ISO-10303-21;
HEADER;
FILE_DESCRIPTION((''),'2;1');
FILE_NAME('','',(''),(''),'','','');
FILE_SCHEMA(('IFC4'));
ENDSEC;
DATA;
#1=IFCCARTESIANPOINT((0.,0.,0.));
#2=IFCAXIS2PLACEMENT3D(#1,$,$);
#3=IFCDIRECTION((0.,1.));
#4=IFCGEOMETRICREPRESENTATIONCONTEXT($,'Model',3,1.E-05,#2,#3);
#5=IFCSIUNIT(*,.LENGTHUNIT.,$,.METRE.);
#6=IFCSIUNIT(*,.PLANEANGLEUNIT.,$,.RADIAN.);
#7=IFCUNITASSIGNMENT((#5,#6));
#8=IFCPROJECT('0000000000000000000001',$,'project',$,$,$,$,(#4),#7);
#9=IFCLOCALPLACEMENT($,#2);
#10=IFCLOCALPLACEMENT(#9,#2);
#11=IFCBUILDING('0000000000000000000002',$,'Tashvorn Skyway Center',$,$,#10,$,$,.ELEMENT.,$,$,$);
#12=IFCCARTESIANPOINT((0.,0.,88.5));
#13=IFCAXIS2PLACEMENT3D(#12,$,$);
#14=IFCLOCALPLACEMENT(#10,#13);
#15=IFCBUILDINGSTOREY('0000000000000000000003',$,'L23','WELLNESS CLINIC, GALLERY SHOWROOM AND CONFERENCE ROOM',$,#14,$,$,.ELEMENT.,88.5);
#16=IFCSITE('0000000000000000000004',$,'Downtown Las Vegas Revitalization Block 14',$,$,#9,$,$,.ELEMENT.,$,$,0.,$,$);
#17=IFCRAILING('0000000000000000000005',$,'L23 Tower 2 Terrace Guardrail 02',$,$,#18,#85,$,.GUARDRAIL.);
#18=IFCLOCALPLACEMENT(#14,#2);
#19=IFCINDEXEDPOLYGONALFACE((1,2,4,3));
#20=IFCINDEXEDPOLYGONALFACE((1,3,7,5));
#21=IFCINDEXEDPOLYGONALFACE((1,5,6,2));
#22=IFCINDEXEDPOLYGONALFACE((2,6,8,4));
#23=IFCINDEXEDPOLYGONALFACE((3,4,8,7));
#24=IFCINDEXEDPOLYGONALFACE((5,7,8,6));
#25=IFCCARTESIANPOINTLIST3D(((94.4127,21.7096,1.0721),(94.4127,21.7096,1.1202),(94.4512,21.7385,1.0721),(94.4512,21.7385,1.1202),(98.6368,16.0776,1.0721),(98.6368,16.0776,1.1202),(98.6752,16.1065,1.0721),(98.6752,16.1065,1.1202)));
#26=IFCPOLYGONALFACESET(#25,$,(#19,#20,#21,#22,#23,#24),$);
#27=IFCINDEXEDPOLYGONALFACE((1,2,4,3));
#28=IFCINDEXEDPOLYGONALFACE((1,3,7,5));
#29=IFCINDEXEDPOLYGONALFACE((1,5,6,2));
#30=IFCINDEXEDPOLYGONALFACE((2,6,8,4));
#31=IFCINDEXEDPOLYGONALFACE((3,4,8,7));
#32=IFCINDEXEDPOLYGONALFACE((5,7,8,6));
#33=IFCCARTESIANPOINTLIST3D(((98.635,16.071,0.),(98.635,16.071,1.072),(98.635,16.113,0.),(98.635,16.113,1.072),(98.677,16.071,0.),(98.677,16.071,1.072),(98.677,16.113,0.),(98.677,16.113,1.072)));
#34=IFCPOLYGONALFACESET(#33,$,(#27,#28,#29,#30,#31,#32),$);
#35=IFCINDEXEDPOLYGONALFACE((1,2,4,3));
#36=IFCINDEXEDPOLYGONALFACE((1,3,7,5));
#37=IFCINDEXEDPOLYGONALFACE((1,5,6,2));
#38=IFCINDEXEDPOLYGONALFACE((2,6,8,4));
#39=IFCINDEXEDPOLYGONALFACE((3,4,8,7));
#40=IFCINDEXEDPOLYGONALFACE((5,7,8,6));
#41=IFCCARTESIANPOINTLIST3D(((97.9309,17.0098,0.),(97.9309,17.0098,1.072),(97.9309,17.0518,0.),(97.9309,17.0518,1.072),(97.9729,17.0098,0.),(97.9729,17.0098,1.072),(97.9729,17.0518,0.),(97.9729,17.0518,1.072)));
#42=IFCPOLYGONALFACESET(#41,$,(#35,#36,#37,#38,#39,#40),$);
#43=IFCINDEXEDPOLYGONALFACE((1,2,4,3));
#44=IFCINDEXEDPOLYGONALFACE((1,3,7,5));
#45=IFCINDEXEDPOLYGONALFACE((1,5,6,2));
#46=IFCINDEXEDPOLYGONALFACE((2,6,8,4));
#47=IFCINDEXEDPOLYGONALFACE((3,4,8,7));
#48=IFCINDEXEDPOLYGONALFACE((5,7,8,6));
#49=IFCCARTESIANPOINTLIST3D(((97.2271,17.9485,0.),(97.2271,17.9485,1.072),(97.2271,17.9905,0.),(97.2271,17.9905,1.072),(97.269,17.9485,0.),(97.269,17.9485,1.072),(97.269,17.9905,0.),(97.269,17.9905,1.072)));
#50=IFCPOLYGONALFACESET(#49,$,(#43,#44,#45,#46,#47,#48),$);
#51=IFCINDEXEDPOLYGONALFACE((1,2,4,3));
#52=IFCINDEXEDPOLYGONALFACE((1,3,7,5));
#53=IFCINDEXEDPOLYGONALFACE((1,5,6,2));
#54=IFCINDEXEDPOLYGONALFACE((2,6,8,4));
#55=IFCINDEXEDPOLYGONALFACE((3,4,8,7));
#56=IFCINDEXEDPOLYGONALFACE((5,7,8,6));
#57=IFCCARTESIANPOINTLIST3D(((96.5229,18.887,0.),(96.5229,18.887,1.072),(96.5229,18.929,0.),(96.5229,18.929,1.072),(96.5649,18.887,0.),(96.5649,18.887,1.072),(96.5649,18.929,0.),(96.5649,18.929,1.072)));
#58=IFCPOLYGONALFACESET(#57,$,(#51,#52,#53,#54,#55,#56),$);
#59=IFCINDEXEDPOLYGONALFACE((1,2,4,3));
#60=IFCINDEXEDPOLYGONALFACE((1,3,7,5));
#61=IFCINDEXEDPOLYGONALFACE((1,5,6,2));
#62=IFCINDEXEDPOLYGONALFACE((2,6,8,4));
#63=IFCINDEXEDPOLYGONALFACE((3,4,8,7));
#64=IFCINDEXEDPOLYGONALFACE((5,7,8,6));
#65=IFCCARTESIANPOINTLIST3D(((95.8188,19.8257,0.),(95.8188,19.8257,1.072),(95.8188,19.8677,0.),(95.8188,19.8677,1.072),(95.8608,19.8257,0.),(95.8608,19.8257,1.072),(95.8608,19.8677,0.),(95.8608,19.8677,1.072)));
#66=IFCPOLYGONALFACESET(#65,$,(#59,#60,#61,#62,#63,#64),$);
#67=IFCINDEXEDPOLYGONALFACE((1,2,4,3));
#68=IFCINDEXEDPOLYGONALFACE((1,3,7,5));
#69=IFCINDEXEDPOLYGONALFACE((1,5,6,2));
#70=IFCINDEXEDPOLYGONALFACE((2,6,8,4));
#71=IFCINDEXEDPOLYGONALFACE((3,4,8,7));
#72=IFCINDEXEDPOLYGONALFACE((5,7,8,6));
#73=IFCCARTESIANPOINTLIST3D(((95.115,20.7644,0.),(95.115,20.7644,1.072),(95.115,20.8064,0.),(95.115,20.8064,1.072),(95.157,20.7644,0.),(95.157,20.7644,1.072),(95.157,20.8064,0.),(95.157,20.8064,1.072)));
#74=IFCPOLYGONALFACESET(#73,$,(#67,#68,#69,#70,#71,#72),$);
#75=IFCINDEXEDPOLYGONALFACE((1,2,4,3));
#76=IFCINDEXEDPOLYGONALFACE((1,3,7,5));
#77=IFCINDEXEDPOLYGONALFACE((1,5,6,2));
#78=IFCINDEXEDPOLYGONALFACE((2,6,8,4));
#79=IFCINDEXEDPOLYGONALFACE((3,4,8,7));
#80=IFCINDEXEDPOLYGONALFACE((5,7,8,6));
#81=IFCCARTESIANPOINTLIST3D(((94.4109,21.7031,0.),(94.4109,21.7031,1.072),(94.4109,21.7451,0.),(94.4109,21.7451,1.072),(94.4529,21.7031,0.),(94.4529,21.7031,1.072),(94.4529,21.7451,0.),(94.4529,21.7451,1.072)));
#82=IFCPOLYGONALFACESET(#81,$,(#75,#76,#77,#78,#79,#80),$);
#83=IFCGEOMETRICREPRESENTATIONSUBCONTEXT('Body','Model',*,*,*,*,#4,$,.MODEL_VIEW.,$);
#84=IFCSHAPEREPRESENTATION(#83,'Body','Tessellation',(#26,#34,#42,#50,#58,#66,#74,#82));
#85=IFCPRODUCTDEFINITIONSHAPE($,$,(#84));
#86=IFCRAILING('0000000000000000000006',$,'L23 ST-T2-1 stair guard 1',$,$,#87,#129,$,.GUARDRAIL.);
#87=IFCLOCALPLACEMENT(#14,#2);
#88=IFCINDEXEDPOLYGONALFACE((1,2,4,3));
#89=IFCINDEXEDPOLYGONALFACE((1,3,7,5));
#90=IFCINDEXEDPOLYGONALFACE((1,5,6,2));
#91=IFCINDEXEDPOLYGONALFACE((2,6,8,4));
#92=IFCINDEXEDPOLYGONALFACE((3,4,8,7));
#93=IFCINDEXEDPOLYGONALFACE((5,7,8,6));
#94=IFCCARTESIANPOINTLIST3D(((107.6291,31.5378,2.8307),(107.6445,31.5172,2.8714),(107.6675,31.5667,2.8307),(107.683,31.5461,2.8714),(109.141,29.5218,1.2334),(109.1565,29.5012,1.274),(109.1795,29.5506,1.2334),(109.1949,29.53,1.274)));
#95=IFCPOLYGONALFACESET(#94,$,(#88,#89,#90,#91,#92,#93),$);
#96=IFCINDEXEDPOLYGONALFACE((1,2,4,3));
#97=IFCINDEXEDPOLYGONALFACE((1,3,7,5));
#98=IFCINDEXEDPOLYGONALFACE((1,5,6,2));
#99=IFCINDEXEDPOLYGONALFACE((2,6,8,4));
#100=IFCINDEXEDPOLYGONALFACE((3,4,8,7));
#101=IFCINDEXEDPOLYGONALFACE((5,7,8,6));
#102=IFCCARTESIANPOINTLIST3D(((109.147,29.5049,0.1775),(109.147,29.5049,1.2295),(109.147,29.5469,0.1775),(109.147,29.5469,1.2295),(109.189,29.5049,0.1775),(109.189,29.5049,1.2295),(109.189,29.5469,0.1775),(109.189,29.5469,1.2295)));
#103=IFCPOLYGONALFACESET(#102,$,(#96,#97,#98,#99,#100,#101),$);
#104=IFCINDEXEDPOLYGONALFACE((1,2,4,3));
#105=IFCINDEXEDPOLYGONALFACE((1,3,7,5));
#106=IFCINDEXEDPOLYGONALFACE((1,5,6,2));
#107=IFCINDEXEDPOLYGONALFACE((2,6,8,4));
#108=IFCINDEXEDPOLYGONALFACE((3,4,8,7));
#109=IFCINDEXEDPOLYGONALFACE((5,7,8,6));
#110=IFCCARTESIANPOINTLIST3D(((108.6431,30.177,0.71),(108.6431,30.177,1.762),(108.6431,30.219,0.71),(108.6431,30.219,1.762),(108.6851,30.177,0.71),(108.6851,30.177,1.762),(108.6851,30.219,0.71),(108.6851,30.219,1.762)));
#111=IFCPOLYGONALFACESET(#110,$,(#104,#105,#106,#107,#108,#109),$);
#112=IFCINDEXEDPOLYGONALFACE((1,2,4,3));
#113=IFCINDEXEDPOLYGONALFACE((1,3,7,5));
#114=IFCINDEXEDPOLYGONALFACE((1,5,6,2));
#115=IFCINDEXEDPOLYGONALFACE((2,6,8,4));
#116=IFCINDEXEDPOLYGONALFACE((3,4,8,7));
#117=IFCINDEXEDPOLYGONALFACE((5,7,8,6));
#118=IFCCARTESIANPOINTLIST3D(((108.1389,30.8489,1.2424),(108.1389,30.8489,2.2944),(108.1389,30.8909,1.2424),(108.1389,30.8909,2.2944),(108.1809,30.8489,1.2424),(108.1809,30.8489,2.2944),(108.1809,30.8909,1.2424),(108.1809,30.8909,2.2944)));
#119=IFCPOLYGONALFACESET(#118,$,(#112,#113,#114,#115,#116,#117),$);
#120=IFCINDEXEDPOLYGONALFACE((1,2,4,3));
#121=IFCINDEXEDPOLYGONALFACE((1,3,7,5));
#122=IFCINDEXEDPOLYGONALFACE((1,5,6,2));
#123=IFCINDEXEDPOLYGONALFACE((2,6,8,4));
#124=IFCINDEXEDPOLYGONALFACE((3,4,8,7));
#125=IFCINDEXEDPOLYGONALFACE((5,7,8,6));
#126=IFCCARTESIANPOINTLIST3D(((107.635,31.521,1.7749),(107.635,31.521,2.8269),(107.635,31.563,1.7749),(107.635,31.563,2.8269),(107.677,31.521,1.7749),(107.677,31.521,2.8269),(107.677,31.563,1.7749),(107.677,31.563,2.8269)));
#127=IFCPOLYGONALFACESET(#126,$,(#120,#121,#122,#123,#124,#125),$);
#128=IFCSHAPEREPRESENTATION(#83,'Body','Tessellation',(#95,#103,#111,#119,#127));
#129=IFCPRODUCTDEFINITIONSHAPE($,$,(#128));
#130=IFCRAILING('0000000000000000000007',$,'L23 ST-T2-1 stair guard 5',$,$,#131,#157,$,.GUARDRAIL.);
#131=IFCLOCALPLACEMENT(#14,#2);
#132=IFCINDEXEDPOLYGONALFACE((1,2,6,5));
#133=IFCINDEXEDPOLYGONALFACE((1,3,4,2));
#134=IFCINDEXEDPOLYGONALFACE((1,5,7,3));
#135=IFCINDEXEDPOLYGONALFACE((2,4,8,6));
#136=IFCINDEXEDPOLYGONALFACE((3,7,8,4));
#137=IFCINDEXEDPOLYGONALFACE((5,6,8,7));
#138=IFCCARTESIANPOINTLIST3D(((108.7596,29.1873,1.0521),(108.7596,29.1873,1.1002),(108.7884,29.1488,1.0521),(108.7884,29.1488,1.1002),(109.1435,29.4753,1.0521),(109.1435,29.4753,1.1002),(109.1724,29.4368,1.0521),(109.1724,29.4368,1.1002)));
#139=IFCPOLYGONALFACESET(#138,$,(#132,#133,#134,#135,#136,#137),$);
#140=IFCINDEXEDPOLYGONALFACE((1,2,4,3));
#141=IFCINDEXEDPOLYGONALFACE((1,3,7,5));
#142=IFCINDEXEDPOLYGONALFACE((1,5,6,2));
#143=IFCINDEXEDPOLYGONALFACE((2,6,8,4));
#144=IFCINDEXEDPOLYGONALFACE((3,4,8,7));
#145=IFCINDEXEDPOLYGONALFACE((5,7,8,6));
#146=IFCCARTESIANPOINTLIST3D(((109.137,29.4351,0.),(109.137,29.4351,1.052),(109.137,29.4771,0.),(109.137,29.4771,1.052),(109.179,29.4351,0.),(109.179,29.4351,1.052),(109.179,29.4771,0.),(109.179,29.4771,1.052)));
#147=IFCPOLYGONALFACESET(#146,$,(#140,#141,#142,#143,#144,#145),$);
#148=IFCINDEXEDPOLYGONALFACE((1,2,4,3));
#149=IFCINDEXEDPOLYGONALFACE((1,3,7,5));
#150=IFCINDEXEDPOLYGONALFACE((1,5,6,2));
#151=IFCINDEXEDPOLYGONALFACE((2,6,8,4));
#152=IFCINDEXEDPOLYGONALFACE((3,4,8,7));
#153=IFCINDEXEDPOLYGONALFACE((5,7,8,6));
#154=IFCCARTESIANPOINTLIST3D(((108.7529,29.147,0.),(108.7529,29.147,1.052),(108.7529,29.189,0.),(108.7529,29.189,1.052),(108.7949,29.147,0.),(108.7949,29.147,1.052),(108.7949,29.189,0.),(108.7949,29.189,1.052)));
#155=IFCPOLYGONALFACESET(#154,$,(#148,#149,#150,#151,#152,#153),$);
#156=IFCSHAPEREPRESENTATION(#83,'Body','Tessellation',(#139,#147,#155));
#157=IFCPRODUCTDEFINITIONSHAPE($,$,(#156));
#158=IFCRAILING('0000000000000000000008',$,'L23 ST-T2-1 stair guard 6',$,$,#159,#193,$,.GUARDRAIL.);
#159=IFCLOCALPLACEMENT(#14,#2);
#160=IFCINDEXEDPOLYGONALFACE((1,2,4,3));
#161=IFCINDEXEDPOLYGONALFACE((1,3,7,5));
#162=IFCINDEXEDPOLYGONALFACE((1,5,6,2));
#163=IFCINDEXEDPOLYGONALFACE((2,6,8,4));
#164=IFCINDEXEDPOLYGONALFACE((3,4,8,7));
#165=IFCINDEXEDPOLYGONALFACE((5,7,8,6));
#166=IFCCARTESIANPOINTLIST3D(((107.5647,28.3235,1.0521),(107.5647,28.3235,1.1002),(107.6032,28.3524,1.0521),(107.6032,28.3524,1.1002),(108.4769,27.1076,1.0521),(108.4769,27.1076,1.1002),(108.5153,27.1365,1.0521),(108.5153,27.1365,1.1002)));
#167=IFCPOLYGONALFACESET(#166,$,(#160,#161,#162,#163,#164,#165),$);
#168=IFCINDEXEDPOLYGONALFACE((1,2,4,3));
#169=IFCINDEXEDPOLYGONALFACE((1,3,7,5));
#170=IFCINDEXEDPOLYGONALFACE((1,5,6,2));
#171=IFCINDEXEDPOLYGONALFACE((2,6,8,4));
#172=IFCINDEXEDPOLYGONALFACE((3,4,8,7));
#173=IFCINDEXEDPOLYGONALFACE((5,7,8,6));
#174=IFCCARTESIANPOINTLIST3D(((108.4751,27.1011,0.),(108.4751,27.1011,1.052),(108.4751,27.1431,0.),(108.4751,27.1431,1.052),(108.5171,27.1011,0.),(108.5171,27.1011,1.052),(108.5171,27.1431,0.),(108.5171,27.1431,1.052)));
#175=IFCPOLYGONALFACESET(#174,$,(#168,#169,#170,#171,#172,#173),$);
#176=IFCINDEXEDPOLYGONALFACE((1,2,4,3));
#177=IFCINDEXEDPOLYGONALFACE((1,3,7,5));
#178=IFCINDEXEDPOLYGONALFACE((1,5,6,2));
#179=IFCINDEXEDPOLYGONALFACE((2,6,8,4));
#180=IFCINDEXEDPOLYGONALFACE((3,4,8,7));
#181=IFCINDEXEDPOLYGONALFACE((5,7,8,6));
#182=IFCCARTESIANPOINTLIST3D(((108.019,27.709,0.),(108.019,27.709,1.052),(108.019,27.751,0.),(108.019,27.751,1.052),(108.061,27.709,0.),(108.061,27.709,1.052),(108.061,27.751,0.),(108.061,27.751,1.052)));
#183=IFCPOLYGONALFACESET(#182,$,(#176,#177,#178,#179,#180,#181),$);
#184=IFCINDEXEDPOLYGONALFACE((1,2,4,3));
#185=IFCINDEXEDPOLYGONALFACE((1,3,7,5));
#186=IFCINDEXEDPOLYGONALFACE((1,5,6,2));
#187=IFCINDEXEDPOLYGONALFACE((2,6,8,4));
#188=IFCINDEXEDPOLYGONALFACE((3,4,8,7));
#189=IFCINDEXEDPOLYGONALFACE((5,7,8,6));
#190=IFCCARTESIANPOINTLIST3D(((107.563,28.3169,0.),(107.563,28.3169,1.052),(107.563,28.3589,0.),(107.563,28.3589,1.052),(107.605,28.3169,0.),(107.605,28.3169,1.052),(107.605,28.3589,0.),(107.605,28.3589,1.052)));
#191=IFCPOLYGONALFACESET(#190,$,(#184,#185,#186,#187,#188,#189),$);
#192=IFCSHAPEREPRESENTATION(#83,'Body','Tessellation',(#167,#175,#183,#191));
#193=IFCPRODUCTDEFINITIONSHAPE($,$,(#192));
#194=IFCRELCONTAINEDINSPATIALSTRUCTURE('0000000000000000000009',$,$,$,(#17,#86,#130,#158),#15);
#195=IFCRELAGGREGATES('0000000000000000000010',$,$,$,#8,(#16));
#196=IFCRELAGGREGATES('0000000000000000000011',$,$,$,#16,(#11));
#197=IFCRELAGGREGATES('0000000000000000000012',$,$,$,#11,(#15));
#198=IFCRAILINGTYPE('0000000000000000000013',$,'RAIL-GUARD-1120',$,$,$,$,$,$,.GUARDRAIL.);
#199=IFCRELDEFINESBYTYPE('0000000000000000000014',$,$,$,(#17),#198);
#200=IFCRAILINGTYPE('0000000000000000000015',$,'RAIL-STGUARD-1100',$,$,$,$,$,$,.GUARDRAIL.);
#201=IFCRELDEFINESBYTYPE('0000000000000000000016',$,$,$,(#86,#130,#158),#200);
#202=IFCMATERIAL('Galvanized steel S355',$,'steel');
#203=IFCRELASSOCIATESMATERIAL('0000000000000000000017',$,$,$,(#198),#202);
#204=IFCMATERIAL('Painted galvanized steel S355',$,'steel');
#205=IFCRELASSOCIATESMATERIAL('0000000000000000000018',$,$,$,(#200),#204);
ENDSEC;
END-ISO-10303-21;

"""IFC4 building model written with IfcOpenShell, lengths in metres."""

from ifc_helpers import new_model, si_unit, direction, frame, origin, origin_2d, place, context, subcontext, project, spatial, rectangle, extrude, material, type_object, element, save


model = new_model("IFC4")

# Units and contexts
model_context = context("Model", 3, precision=1e-05, world=origin(), true_north=direction((0.0, 1.0)))
body_context = subcontext(model_context, "Body", "Model", "MODEL_VIEW")
ifc_project = project(units=[si_unit("LENGTHUNIT", "METRE"), si_unit("PLANEANGLEUNIT", "RADIAN")], contexts=[model_context])

# Site, building, storey
site_placement = place(None, origin())
site = spatial("IfcSite", under=ifc_project, at=site_placement, Name="Downtown Las Vegas Revitalization Block 14", CompositionType="ELEMENT", RefElevation=0.0)
building_placement = place(site_placement, origin())
building = spatial("IfcBuilding", under=site, at=building_placement, Name="Tashvorn Skyway Center", CompositionType="ELEMENT")
storey_placement = place(building_placement, frame((0.0, 0.0, 88.5)))
storey = spatial("IfcBuildingStorey", under=building, at=storey_placement, Name="L23", Description="WELLNESS CLINIC, GALLERY SHOWROOM AND CONFERENCE ROOM", CompositionType="ELEMENT", Elevation=88.5)

# Railings
ifc_material_1 = material(Name="Galvanized steel S355", Category="steel")
railing_type_1 = type_object("IfcRailingType", Name="RAIL-GUARD-1120", PredefinedType="GUARDRAIL", material=ifc_material_1)
railing_1_placement = place(storey_placement, frame((98.656, 16.092, 0.0)))
element("IfcRailing", 1, at=railing_1_placement, inside=storey, type_object=railing_type_1, Name="L23 Tower 2 Terrace Guardrail 02", PredefinedType="GUARDRAIL", context=body_context, shape_type="SweptSolid", body=[
    extrude(rectangle(XDim=0.0481, YDim=0.0481, at=origin_2d()), frame((0.0, 0.0, 1.0962), z_axis=(-0.600006, 0.799996, 0.0), x_axis=(-0.799996, -0.600006, 0.0)), (0.0, 0.0, 1.0), 7.04),
    extrude(rectangle(XDim=0.042, YDim=0.042, at=origin_2d()), origin(), (0.0, 0.0, 1.0), 1.072),
    extrude(rectangle(XDim=0.042, YDim=0.042, at=origin_2d()), frame((-0.7041, 0.9387, 0.0)), (0.0, 0.0, 1.0), 1.072),
    extrude(rectangle(XDim=0.042, YDim=0.042, at=origin_2d()), frame((-1.408, 1.8774, 0.0)), (0.0, 0.0, 1.0), 1.072),
    extrude(rectangle(XDim=0.042, YDim=0.042, at=origin_2d()), frame((-2.1121, 2.8159, 0.0)), (0.0, 0.0, 1.0), 1.072),
    extrude(rectangle(XDim=0.042, YDim=0.042, at=origin_2d()), frame((-2.8162, 3.7546, 0.0)), (0.0, 0.0, 1.0), 1.072),
    extrude(rectangle(XDim=0.042, YDim=0.042, at=origin_2d()), frame((-3.52, 4.6934, 0.0)), (0.0, 0.0, 1.0), 1.072),
    extrude(rectangle(XDim=0.042, YDim=0.042, at=origin_2d()), frame((-4.2241, 5.6321, 0.0)), (0.0, 0.0, 1.0), 1.072),
])
ifc_material_2 = material(Name="Painted galvanized steel S355", Category="steel")
railing_type_2 = type_object("IfcRailingType", Name="RAIL-STGUARD-1100", PredefinedType="GUARDRAIL", material=ifc_material_2)
railing_2_placement = place(storey_placement, frame((109.168, 29.5259, 0.1775)))
element("IfcRailing", 2, at=railing_2_placement, inside=storey, type_object=railing_type_2, Name="L23 ST-T2-1 stair guard 1", PredefinedType="GUARDRAIL", context=body_context, shape_type="SweptSolid", body=[
    extrude(rectangle(XDim=0.0481, YDim=0.0481, at=origin_2d()), frame((0.0, 0.0, 1.0762), z_axis=(-0.506741, 0.675709, 0.535379), x_axis=(-0.800023, -0.599969, 0.0)), (0.0, 0.0, 1.0), 2.9836),
    extrude(rectangle(XDim=0.042, YDim=0.042, at=origin_2d()), origin(), (0.0, 0.0, 1.0), 1.052),
    extrude(rectangle(XDim=0.042, YDim=0.042, at=origin_2d()), frame((-0.5039, 0.6721, 0.5325)), (0.0, 0.0, 1.0), 1.052),
    extrude(rectangle(XDim=0.042, YDim=0.042, at=origin_2d()), frame((-1.0081, 1.344, 1.0649)), (0.0, 0.0, 1.0), 1.052),
    extrude(rectangle(XDim=0.042, YDim=0.042, at=origin_2d()), frame((-1.512, 2.0161, 1.5974)), (0.0, 0.0, 1.0), 1.052),
])
railing_3_placement = place(storey_placement, frame((109.158, 29.4561, 0.0)))
element("IfcRailing", 3, at=railing_3_placement, inside=storey, type_object=railing_type_2, Name="L23 ST-T2-1 stair guard 5", PredefinedType="GUARDRAIL", context=body_context, shape_type="SweptSolid", body=[
    extrude(rectangle(XDim=0.0481, YDim=0.0481, at=origin_2d()), frame((0.0, 0.0, 1.0762), z_axis=(-0.799939, -0.600081, 0.0), x_axis=(0.600081, -0.799939, 0.0)), (0.0, 0.0, 1.0), 0.48),
    extrude(rectangle(XDim=0.042, YDim=0.042, at=origin_2d()), origin(), (0.0, 0.0, 1.0), 1.052),
    extrude(rectangle(XDim=0.042, YDim=0.042, at=origin_2d()), frame((-0.384, -0.2881, 0.0)), (0.0, 0.0, 1.0), 1.052),
])
railing_4_placement = place(storey_placement, frame((108.4961, 27.1221, 0.0)))
element("IfcRailing", 4, at=railing_4_placement, inside=storey, type_object=railing_type_2, Name="L23 ST-T2-1 stair guard 6", PredefinedType="GUARDRAIL", context=body_context, shape_type="SweptSolid", body=[
    extrude(rectangle(XDim=0.0481, YDim=0.0481, at=origin_2d()), frame((0.0, 0.0, 1.0762), z_axis=(-0.600103, 0.799923, 0.0), x_axis=(-0.799923, -0.600103, 0.0)), (0.0, 0.0, 1.0), 1.52),
    extrude(rectangle(XDim=0.042, YDim=0.042, at=origin_2d()), origin(), (0.0, 0.0, 1.0), 1.052),
    extrude(rectangle(XDim=0.042, YDim=0.042, at=origin_2d()), frame((-0.4561, 0.6079, 0.0)), (0.0, 0.0, 1.0), 1.052),
    extrude(rectangle(XDim=0.042, YDim=0.042, at=origin_2d()), frame((-0.9121, 1.2158, 0.0)), (0.0, 0.0, 1.0), 1.052),
])

save(model, "model.ifc")
